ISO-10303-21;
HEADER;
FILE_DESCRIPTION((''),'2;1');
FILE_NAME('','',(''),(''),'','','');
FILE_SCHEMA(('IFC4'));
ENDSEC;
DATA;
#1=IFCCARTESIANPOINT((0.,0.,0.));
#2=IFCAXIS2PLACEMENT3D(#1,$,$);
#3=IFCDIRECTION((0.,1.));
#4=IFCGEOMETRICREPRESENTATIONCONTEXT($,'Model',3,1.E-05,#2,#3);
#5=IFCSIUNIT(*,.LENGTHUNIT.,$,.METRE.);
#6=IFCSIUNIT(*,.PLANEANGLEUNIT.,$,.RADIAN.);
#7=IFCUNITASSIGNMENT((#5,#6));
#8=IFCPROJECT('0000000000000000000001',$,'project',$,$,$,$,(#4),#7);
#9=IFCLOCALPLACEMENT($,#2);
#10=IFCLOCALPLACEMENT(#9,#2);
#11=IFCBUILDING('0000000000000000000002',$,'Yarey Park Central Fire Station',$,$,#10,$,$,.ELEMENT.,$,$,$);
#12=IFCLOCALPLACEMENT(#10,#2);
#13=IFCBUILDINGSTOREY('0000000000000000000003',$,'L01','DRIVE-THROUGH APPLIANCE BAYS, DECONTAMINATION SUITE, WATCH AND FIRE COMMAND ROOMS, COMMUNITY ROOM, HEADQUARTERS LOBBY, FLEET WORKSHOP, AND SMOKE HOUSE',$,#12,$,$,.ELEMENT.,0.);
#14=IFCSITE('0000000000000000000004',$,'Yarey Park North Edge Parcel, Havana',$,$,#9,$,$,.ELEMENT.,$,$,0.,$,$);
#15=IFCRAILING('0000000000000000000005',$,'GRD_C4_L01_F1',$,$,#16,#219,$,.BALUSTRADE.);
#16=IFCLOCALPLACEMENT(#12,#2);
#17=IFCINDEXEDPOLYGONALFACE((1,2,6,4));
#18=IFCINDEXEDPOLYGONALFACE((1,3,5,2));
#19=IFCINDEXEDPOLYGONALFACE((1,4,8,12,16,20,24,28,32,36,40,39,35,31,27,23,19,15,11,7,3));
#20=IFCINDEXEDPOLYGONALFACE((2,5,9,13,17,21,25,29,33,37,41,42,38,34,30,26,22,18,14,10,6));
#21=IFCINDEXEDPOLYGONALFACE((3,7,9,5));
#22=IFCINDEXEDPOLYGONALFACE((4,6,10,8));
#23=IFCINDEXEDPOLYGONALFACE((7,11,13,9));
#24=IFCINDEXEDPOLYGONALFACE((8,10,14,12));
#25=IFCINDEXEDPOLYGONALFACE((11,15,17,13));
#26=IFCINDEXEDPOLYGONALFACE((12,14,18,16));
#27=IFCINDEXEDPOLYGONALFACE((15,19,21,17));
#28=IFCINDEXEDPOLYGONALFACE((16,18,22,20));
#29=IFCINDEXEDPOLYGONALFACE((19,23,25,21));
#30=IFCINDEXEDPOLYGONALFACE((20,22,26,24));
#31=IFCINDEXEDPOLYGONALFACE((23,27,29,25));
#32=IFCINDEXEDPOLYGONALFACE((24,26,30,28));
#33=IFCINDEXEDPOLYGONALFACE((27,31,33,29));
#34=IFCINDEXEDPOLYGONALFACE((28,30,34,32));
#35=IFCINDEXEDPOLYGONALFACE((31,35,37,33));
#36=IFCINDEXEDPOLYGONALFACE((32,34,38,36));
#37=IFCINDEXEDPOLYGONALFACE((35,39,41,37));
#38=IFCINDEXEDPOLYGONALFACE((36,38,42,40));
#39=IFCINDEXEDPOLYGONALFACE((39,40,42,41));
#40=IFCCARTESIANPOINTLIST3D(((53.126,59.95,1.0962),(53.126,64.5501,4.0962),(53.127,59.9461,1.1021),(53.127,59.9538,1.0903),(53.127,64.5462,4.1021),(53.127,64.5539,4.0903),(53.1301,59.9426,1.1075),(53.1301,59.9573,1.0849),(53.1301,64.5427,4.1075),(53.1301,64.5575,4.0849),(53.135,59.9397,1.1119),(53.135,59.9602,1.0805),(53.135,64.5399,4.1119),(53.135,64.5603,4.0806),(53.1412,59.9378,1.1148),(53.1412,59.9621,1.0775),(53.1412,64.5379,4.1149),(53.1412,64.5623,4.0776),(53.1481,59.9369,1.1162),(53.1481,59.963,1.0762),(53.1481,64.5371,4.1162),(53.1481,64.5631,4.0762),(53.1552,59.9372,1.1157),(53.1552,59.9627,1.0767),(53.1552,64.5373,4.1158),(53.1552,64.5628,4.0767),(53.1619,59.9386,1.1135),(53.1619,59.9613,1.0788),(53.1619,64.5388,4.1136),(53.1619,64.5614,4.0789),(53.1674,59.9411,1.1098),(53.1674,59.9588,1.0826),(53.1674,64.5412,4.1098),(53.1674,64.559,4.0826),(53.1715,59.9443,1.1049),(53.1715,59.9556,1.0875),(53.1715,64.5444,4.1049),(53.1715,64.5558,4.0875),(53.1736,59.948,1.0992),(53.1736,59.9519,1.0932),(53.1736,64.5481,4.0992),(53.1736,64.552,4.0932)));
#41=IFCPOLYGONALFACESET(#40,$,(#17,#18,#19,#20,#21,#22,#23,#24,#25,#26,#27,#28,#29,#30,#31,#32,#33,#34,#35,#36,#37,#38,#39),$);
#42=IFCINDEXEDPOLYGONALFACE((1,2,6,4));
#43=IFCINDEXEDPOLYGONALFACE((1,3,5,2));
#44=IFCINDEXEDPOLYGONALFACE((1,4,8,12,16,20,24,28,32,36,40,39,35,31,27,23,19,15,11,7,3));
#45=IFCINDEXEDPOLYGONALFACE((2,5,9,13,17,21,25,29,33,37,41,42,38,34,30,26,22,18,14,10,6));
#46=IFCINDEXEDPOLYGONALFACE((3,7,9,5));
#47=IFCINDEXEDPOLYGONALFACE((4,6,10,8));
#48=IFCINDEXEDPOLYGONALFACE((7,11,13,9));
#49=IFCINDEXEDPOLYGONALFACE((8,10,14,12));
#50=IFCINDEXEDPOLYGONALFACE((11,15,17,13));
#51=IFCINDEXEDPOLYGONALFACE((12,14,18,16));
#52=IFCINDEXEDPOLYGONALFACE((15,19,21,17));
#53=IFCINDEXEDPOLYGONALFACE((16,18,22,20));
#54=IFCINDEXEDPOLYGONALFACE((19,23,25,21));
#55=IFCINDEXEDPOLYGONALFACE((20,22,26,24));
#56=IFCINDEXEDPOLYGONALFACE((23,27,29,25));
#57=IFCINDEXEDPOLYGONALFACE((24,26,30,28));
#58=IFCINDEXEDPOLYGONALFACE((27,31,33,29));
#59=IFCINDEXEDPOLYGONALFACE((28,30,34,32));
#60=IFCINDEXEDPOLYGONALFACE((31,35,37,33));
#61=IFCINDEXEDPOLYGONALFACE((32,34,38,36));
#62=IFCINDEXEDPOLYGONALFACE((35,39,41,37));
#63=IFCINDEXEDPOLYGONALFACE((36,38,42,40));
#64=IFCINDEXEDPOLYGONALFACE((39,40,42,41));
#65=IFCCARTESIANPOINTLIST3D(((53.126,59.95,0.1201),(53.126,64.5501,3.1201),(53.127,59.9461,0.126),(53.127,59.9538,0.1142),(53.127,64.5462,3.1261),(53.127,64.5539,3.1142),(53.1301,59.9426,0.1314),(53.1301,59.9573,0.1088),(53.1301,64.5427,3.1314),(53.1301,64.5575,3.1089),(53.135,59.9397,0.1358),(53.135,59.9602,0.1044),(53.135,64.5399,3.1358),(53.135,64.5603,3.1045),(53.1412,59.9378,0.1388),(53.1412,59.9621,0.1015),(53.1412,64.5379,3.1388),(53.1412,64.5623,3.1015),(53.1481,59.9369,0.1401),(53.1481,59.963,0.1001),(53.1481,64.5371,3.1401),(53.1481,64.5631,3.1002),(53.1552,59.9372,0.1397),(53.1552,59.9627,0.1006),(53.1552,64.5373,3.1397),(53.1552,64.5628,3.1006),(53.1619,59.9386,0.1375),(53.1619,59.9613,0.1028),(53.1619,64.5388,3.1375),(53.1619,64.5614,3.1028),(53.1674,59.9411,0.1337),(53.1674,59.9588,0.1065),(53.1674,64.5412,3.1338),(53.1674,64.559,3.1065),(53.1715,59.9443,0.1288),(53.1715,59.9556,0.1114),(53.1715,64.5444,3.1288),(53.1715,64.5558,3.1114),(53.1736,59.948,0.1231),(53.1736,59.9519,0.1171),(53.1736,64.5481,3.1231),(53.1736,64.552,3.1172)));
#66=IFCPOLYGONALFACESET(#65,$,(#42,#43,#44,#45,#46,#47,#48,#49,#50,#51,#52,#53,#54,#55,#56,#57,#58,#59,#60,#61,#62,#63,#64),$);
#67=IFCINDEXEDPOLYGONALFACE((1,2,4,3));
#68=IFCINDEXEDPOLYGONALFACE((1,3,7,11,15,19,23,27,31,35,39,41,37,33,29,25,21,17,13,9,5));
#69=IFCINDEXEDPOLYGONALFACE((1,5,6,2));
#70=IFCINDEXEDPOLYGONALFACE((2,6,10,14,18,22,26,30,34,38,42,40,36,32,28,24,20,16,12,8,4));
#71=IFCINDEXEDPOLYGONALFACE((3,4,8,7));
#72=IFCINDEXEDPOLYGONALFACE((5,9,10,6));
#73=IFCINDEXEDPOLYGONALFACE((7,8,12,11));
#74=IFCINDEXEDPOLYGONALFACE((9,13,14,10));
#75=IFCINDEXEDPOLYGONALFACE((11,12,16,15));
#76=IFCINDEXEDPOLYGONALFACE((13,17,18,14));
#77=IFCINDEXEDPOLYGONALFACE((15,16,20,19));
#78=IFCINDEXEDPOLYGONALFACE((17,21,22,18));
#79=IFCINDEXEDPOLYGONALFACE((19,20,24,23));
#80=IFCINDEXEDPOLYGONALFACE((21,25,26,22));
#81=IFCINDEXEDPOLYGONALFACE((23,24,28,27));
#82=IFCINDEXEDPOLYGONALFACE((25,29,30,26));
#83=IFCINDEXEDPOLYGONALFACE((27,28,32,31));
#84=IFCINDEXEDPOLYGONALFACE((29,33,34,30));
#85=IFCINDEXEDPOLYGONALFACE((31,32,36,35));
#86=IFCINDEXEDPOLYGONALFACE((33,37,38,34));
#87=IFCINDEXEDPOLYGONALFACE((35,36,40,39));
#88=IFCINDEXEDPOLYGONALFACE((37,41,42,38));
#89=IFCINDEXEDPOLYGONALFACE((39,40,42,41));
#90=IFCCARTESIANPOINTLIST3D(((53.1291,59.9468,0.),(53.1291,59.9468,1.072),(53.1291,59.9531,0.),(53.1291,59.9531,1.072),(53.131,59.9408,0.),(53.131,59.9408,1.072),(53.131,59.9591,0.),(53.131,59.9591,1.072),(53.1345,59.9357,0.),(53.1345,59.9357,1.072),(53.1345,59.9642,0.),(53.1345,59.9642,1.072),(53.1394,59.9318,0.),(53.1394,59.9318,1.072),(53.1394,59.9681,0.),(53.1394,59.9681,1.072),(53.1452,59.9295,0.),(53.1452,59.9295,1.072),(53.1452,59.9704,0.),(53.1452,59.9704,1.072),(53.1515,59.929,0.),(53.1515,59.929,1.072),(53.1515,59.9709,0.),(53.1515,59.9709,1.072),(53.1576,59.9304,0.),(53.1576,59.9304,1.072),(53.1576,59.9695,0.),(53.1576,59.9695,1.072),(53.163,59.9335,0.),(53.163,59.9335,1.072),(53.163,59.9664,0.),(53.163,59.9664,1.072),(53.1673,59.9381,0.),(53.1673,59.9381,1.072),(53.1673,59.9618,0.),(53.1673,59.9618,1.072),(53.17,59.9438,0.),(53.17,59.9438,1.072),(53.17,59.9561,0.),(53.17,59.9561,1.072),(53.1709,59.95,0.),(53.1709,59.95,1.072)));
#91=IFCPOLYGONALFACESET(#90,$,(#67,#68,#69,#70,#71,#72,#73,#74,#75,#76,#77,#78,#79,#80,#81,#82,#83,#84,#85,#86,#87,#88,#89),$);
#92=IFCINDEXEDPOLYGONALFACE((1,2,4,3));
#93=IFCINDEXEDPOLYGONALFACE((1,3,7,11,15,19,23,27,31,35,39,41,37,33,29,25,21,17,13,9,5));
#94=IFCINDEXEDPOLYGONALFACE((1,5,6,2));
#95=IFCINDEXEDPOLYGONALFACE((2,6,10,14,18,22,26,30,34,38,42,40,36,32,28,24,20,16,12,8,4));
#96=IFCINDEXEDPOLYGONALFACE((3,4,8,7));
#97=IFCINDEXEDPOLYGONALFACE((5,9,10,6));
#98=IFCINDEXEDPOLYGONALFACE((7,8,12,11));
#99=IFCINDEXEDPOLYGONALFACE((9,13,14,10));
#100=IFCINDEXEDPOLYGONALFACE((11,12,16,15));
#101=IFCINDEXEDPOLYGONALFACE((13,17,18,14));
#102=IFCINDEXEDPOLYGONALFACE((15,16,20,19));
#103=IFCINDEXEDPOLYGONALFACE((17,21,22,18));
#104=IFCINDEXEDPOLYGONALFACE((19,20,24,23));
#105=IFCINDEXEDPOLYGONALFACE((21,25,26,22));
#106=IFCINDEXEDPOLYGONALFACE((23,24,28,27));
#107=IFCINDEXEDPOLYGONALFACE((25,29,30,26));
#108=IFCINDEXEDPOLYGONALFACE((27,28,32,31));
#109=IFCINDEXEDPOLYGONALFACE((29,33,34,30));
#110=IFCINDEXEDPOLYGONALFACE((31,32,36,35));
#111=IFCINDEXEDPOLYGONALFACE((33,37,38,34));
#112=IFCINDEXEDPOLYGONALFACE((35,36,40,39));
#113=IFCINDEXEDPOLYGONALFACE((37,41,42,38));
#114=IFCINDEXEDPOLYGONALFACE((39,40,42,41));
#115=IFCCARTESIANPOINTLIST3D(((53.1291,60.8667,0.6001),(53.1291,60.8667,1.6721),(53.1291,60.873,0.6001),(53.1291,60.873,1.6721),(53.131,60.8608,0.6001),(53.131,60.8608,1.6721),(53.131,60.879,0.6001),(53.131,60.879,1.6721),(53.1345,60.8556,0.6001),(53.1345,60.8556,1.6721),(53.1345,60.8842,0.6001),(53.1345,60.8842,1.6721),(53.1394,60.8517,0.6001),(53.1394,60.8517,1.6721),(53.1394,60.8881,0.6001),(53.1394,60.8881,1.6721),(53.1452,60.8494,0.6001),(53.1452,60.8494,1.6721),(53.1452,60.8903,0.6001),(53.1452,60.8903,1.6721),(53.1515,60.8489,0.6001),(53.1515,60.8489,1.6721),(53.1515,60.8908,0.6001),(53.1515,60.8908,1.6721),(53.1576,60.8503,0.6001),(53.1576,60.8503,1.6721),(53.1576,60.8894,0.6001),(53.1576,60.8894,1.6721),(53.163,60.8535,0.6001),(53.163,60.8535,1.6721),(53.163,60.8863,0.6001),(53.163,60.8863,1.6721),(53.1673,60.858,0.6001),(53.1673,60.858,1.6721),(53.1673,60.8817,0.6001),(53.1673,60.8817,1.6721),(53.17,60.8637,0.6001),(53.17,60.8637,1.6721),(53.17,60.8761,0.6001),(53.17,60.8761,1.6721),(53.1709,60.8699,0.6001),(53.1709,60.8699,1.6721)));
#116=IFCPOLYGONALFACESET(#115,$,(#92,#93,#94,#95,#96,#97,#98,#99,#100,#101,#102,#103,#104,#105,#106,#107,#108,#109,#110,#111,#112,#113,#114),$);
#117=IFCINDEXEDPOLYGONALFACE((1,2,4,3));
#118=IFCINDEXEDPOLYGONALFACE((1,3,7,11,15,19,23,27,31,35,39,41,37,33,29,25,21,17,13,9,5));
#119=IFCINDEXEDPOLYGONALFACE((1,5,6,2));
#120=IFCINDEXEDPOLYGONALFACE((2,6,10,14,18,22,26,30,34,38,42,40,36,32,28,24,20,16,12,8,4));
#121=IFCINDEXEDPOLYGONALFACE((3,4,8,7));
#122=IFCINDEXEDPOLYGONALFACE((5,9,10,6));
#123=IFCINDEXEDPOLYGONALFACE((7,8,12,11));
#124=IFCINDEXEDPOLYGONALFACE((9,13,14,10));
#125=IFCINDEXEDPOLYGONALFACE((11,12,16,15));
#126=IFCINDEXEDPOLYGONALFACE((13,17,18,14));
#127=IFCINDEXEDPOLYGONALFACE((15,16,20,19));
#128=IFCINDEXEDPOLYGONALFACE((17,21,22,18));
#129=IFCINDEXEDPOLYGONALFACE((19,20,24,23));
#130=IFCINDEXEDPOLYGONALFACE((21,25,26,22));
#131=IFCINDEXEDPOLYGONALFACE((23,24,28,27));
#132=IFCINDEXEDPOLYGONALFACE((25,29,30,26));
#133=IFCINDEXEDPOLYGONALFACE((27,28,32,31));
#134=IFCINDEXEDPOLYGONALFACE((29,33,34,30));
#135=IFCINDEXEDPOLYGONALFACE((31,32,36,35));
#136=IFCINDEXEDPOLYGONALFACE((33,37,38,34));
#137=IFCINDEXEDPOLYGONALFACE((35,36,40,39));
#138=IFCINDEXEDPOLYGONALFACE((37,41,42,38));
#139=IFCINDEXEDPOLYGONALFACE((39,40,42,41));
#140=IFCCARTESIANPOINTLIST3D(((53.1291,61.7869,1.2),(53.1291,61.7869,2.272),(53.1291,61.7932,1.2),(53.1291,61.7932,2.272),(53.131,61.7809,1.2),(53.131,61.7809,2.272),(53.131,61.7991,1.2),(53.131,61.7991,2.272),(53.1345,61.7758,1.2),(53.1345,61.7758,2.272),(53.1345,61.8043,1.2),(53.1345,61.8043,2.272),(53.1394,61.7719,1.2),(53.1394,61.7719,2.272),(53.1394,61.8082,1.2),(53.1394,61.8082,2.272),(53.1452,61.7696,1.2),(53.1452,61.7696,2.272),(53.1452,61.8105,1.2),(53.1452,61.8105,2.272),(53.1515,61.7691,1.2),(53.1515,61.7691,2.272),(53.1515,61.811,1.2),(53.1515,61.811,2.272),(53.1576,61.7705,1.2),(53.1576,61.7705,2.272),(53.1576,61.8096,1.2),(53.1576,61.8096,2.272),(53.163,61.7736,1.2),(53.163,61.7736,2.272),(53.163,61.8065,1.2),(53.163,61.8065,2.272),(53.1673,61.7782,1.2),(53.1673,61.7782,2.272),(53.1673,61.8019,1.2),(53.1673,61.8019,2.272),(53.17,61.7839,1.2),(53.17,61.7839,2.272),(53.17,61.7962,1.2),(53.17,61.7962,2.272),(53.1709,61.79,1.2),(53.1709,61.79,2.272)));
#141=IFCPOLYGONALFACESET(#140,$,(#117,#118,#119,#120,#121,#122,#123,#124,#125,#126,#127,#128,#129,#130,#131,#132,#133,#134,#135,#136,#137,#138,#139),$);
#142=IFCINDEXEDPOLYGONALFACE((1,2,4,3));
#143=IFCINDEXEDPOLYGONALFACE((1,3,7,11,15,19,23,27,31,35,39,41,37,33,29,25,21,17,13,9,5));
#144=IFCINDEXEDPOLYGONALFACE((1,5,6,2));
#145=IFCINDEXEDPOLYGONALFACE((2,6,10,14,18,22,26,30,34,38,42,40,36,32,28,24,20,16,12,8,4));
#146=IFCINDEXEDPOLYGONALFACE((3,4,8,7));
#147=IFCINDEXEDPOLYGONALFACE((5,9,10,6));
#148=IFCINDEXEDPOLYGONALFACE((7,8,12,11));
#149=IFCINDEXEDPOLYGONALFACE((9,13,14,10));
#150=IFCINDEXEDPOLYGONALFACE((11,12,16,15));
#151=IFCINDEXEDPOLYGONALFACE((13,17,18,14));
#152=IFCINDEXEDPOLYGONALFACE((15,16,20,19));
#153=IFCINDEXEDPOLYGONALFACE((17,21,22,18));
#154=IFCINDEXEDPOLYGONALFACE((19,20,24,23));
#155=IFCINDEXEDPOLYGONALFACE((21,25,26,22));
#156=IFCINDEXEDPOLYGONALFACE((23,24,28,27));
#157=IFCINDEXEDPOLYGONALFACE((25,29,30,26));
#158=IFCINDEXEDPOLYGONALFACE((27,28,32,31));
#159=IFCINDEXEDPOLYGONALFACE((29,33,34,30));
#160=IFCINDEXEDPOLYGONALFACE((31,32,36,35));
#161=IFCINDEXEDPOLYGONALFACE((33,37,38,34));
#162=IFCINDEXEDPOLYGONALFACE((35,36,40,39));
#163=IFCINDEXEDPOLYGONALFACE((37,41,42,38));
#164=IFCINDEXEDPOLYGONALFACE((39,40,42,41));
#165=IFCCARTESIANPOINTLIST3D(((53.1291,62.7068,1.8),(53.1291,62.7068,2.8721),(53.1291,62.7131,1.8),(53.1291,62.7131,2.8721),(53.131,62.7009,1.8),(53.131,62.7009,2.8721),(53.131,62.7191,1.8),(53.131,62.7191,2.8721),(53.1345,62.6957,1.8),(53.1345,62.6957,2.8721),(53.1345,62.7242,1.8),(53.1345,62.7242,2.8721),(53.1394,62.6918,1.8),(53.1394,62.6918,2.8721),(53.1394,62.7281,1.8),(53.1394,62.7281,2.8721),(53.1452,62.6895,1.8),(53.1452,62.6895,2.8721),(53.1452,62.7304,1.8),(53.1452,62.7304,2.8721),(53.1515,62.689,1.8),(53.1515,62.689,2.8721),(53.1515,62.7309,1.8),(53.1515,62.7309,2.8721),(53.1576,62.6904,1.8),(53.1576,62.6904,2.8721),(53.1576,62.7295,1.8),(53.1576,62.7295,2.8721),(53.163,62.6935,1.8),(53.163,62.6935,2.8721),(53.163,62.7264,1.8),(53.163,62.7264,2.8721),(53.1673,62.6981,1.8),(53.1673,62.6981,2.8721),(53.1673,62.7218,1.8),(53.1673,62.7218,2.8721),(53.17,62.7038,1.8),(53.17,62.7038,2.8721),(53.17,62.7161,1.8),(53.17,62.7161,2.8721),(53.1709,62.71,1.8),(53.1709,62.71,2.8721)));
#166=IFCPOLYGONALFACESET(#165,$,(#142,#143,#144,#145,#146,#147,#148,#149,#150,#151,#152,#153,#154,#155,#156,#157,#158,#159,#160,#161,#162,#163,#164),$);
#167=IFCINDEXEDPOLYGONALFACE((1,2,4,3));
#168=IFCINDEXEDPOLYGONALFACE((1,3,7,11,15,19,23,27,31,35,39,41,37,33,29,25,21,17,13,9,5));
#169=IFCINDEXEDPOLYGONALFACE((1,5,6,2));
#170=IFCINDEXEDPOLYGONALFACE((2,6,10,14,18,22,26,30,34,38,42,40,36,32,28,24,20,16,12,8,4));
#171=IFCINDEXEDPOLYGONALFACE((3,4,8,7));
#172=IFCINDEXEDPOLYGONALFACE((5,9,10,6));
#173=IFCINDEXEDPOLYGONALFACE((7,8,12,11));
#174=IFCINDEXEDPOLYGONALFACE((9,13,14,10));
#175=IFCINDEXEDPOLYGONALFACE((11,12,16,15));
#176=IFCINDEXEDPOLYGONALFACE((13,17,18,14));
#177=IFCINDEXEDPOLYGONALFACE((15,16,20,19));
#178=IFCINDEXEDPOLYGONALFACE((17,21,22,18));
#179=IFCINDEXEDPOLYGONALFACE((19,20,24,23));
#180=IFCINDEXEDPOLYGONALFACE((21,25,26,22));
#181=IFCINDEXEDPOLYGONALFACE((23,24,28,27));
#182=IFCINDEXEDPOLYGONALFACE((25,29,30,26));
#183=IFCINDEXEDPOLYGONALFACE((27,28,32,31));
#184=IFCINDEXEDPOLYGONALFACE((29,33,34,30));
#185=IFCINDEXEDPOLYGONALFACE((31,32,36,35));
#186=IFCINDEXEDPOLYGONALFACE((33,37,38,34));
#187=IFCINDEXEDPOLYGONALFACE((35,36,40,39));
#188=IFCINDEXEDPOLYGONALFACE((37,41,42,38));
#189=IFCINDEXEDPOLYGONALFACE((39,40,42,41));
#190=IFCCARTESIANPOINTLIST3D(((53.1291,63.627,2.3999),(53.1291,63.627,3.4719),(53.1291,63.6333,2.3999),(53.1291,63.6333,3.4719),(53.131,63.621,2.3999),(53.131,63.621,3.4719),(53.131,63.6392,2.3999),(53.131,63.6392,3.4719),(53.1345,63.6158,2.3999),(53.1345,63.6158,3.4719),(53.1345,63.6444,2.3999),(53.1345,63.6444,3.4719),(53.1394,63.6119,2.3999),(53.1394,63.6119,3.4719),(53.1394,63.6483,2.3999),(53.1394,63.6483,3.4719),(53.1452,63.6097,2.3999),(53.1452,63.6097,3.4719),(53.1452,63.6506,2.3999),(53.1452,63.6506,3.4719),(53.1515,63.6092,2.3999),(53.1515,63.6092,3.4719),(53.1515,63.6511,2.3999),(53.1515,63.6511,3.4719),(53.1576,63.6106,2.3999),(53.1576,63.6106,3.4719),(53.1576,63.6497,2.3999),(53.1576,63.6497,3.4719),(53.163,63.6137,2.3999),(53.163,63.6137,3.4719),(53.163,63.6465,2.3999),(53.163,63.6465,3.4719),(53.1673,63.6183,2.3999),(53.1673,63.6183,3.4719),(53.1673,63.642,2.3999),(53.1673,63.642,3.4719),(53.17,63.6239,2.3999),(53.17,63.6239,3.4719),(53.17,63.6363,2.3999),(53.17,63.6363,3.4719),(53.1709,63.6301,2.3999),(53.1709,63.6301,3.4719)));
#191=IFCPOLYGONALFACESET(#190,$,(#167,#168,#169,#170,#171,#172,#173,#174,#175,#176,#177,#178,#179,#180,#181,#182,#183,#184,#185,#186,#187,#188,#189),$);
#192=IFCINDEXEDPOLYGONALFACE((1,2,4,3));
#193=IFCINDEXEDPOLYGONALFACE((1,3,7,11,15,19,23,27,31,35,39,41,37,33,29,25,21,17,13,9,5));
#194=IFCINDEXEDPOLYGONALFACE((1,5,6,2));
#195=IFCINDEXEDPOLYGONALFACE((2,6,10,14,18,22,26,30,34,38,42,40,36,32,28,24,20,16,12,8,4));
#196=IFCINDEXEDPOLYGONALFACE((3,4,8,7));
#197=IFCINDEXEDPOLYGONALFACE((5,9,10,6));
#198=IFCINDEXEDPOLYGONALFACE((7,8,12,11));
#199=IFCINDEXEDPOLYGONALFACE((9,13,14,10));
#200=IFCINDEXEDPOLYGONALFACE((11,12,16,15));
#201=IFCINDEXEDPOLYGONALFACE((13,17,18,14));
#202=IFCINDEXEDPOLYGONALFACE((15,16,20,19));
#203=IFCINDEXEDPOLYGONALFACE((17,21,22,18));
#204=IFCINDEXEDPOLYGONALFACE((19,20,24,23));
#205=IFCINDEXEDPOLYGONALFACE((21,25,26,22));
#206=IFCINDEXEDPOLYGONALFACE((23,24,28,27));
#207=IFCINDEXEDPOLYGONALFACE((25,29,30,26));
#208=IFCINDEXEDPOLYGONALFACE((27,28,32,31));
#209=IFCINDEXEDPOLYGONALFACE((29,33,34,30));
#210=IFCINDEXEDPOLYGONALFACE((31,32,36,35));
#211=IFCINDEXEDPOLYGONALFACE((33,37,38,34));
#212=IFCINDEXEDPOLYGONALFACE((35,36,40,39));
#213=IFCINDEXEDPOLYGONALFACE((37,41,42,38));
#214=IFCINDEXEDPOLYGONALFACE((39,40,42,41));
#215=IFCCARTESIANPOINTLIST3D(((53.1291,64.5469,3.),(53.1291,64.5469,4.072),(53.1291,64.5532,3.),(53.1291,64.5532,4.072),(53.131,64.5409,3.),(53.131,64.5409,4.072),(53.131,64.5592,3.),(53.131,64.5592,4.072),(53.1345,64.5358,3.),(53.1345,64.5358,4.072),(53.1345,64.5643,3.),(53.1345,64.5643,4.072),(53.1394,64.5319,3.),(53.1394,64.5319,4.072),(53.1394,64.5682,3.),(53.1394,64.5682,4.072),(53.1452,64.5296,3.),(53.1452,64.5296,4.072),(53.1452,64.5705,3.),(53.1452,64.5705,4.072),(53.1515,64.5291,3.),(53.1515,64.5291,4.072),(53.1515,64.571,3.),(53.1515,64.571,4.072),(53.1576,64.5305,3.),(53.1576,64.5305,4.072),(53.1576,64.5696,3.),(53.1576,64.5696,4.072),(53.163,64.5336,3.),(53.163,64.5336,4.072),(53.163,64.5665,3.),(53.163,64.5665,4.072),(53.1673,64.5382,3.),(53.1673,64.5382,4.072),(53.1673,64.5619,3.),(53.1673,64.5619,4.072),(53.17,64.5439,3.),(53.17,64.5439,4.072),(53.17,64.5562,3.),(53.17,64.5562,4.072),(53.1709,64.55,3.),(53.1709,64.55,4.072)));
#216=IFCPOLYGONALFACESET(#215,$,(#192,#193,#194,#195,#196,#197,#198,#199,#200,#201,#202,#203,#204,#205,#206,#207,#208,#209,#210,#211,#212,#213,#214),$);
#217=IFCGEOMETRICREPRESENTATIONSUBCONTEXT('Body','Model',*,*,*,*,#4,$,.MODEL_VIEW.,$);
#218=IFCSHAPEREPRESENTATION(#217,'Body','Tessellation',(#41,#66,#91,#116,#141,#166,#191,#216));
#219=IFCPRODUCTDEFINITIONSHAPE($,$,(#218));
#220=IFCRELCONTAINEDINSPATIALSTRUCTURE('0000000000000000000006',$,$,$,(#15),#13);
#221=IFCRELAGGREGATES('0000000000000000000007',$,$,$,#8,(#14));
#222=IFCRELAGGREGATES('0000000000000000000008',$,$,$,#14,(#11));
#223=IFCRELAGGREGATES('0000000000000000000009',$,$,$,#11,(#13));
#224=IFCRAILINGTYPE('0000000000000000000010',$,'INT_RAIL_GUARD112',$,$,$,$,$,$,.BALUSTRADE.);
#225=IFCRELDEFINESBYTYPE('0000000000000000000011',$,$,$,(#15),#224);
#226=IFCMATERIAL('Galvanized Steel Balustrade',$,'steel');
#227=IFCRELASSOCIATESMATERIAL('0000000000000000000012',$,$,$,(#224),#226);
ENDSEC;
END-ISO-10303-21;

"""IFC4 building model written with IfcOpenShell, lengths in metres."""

from ifc_helpers import new_model, si_unit, direction, frame, origin, origin_2d, place, context, subcontext, project, spatial, circle, extrude, material, type_object, element, save


model = new_model("IFC4")

# Units and contexts
model_context = context("Model", 3, precision=1e-05, world=origin(), true_north=direction((0.0, 1.0)))
body_context = subcontext(model_context, "Body", "Model", "MODEL_VIEW")
ifc_project = project(units=[si_unit("LENGTHUNIT", "METRE"), si_unit("PLANEANGLEUNIT", "RADIAN")], contexts=[model_context])

# Site, building, storey
site_placement = place(None, origin())
site = spatial("IfcSite", under=ifc_project, at=site_placement, Name="Yarey Park North Edge Parcel, Havana", CompositionType="ELEMENT", RefElevation=0.0)
building_placement = place(site_placement, origin())
building = spatial("IfcBuilding", under=site, at=building_placement, Name="Yarey Park Central Fire Station", CompositionType="ELEMENT")
storey_placement = place(building_placement, origin())
storey = spatial("IfcBuildingStorey", under=building, at=storey_placement, Name="L01", Description="DRIVE-THROUGH APPLIANCE BAYS, DECONTAMINATION SUITE, WATCH AND FIRE COMMAND ROOMS, COMMUNITY ROOM, HEADQUARTERS LOBBY, FLEET WORKSHOP, AND SMOKE HOUSE", CompositionType="ELEMENT", Elevation=0.0)

# Railing
ifc_material_1 = material(Name="Galvanized Steel Balustrade", Category="steel")
railing_type_1 = type_object("IfcRailingType", Name="INT_RAIL_GUARD112", PredefinedType="BALUSTRADE", material=ifc_material_1)
railing_1_placement = place(storey_placement, frame((53.1499, 59.95, 0.0)))
element("IfcRailing", 1, at=railing_1_placement, inside=storey, type_object=railing_type_1, Name="GRD_C4_L01_F1", PredefinedType="BALUSTRADE", context=body_context, shape_type="SweptSolid", body=[
    extrude(circle(Radius=0.0239, at=origin_2d()), frame((0.0, 0.0, 1.0962), z_axis=(0.0, 0.837616, 0.54626), x_axis=(-1.0, 0.0, 0.0)), (0.0, 0.0, 1.0), 5.4919),
    extrude(circle(Radius=0.0239, at=origin_2d()), frame((0.0, 0.0, 0.1201), z_axis=(0.0, 0.837616, 0.54626), x_axis=(-1.0, 0.0, 0.0)), (0.0, 0.0, 1.0), 5.4919),
    extrude(circle(Radius=0.021, at=origin_2d()), origin(), (0.0, 0.0, 1.0), 1.072),
    extrude(circle(Radius=0.021, at=origin_2d()), frame((0.0, 0.9199, 0.6001)), (0.0, 0.0, 1.0), 1.072),
    extrude(circle(Radius=0.021, at=origin_2d()), frame((0.0, 1.8401, 1.2)), (0.0, 0.0, 1.0), 1.072),
    extrude(circle(Radius=0.021, at=origin_2d()), frame((0.0, 2.76, 1.8)), (0.0, 0.0, 1.0), 1.072),
    extrude(circle(Radius=0.021, at=origin_2d()), frame((0.0, 3.6802, 2.3999)), (0.0, 0.0, 1.0), 1.072),
    extrude(circle(Radius=0.021, at=origin_2d()), frame((0.0, 4.6001, 3.0)), (0.0, 0.0, 1.0), 1.072),
])

save(model, "model.ifc")
